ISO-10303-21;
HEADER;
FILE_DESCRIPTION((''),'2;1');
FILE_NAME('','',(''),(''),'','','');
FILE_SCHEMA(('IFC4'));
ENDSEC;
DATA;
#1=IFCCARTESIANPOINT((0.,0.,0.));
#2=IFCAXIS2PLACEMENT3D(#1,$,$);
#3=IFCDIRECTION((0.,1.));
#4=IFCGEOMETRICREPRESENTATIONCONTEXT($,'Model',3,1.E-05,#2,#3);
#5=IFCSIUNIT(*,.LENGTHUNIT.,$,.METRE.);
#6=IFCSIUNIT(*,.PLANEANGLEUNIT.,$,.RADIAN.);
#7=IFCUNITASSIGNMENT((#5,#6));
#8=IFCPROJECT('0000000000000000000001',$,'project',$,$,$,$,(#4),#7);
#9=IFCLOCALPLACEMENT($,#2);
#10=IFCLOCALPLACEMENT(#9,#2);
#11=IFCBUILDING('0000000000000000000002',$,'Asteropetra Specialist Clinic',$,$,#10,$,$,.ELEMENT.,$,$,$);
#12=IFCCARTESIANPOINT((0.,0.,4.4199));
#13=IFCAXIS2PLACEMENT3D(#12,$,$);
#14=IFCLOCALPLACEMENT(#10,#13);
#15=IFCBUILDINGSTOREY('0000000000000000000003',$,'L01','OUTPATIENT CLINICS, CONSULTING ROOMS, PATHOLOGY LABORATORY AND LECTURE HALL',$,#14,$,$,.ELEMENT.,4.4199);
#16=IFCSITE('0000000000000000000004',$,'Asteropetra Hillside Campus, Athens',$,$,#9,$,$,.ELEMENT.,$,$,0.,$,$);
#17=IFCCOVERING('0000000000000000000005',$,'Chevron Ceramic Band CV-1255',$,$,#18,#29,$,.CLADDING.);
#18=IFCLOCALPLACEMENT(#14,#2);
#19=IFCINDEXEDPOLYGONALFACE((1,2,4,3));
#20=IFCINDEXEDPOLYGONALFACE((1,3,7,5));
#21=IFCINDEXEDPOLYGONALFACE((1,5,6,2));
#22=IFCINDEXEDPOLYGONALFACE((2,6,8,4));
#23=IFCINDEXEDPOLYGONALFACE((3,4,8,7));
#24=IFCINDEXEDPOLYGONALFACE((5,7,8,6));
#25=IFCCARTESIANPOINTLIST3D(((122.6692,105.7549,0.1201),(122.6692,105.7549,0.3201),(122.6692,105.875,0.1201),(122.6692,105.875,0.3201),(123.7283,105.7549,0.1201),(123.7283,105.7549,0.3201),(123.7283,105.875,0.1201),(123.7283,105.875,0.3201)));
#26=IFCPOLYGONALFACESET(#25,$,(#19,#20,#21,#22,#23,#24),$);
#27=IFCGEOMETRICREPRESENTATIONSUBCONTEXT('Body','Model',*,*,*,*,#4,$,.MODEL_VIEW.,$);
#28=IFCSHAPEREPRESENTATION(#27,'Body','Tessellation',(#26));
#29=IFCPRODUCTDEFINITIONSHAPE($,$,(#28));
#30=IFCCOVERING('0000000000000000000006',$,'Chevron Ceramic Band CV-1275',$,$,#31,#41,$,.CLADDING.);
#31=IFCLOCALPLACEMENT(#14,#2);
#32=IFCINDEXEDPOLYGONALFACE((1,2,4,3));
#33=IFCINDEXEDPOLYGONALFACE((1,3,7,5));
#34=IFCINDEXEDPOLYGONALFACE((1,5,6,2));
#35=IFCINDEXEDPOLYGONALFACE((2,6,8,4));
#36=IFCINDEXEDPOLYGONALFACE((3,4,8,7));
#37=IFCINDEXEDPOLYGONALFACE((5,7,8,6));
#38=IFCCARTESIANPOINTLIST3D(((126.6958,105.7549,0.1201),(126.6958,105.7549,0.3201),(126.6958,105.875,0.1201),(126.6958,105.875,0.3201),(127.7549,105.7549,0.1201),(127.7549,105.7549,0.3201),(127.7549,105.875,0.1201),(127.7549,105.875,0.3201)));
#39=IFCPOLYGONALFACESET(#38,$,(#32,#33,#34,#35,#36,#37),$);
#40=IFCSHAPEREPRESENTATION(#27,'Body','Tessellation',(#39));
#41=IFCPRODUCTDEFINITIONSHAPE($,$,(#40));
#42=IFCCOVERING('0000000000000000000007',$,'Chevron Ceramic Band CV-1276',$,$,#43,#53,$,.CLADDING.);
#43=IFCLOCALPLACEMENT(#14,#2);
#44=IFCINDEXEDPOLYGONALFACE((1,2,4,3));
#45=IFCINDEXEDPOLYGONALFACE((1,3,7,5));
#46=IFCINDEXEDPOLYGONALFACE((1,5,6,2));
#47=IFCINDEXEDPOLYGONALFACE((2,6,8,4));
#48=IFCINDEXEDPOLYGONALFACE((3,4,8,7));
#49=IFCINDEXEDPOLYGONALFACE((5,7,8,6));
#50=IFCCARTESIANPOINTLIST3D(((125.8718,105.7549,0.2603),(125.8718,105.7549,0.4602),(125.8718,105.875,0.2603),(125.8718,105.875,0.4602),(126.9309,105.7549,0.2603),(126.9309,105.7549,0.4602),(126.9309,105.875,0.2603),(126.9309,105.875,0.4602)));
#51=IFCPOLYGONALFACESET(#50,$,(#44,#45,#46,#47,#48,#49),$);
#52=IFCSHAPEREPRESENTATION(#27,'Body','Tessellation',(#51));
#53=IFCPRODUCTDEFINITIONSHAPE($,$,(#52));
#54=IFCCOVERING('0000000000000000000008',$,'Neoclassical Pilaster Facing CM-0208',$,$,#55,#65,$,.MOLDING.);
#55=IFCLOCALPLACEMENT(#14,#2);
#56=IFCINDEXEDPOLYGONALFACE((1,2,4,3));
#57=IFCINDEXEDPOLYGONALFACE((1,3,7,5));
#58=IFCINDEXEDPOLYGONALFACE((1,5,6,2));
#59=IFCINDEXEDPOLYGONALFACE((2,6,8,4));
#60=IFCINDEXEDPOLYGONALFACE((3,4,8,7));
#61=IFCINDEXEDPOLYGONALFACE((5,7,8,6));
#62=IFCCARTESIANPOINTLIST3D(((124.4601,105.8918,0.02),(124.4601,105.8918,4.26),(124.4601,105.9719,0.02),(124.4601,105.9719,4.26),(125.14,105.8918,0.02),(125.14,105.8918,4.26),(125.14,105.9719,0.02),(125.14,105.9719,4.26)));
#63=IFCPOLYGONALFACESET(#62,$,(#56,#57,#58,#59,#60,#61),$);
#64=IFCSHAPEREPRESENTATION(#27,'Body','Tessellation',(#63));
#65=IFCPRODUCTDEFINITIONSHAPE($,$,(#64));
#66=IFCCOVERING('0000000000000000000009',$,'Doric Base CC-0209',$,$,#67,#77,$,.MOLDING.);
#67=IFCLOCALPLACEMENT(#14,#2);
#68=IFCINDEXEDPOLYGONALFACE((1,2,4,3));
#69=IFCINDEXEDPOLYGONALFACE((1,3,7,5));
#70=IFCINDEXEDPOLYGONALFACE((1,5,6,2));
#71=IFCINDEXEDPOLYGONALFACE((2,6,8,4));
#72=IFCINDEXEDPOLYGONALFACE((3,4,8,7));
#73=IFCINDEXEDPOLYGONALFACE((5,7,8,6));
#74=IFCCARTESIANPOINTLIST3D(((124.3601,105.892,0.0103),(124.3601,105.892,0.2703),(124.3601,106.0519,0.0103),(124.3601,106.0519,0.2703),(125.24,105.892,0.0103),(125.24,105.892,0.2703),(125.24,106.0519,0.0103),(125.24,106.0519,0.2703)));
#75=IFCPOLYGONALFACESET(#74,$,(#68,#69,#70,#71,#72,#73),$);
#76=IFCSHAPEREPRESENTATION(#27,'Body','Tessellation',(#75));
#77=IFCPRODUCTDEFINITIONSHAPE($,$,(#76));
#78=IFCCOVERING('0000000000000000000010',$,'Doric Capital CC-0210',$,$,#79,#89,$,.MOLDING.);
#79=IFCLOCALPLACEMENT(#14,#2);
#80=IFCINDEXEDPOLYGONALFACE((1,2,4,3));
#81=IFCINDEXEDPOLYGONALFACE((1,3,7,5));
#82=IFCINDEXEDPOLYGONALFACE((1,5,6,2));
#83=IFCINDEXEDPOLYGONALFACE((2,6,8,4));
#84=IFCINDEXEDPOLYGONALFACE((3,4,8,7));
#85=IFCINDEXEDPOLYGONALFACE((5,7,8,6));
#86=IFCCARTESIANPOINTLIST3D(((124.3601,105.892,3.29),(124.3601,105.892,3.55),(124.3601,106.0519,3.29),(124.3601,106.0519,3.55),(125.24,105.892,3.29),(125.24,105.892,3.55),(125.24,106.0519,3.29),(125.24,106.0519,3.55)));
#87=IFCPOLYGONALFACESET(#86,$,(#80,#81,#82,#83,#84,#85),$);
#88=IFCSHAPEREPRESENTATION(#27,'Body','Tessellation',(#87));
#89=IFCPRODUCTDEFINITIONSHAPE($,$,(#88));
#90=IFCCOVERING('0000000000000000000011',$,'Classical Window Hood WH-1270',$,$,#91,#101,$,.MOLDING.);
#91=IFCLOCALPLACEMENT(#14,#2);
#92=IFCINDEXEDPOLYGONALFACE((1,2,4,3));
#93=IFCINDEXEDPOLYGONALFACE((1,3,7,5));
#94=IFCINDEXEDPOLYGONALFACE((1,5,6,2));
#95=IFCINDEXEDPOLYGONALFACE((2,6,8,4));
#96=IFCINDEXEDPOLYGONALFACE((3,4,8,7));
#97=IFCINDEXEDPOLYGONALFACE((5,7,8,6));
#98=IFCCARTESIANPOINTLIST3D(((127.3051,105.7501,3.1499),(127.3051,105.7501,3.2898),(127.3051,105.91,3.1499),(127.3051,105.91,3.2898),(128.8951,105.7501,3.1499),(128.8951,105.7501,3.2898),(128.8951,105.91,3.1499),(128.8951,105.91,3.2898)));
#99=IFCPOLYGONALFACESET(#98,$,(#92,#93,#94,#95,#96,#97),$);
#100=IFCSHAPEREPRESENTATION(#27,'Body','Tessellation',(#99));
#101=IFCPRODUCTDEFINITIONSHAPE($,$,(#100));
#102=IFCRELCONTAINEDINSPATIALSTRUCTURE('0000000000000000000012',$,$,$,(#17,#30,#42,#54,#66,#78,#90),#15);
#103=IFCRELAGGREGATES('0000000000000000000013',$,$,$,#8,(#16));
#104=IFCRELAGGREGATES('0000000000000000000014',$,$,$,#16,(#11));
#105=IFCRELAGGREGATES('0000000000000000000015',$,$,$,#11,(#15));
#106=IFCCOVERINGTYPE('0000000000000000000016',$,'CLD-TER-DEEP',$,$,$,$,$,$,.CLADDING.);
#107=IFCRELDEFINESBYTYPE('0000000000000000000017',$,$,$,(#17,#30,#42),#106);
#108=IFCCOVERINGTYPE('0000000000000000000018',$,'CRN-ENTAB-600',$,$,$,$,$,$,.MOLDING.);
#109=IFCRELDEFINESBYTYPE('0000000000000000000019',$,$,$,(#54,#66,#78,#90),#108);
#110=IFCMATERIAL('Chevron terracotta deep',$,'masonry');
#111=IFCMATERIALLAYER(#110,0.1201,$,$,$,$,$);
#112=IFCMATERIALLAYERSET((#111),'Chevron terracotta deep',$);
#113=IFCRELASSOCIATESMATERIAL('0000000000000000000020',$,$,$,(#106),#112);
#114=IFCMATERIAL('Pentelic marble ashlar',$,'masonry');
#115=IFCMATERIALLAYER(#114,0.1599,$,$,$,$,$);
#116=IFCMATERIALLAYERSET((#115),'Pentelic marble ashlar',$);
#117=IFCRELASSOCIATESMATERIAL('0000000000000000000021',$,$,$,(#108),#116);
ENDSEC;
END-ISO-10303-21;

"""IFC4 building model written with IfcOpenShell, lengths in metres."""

from ifc_helpers import new_model, si_unit, direction, frame, origin, origin_2d, place, context, subcontext, project, spatial, rectangle, extrude, material, layer, layer_set, type_object, element, save


model = new_model("IFC4")

# Units and contexts
model_context = context("Model", 3, precision=1e-05, world=origin(), true_north=direction((0.0, 1.0)))
body_context = subcontext(model_context, "Body", "Model", "MODEL_VIEW")
ifc_project = project(units=[si_unit("LENGTHUNIT", "METRE"), si_unit("PLANEANGLEUNIT", "RADIAN")], contexts=[model_context])

# Site, building, storey
site_placement = place(None, origin())
site = spatial("IfcSite", under=ifc_project, at=site_placement, Name="Asteropetra Hillside Campus, Athens", CompositionType="ELEMENT", RefElevation=0.0)
building_placement = place(site_placement, origin())
building = spatial("IfcBuilding", under=site, at=building_placement, Name="Asteropetra Specialist Clinic", CompositionType="ELEMENT")
storey_placement = place(building_placement, frame((0.0, 0.0, 4.4199)))
storey = spatial("IfcBuildingStorey", under=building, at=storey_placement, Name="L01", Description="OUTPATIENT CLINICS, CONSULTING ROOMS, PATHOLOGY LABORATORY AND LECTURE HALL", CompositionType="ELEMENT", Elevation=4.4199)

# Coverings
ifc_material_1 = material(Name="Chevron terracotta deep", Category="masonry")
ifc_layer_1 = layer(ifc_material_1, 0.1201)
ifc_layer_set_1 = layer_set([ifc_layer_1], Name="Chevron terracotta deep")
covering_type_1 = type_object("IfcCoveringType", Name="CLD-TER-DEEP", PredefinedType="CLADDING", material=ifc_layer_set_1)
for number, where, z_axis, x_axis, name in (
    (1, (123.1987, 105.8149, 0.1201), (0.0, 0.0, 1.0), (1.0, 0.0, 0.0), "Chevron Ceramic Band CV-1255"),
    (2, (127.2253, 105.8149, 0.1201), (0.0, 0.0, 1.0), (1.0, 0.0, 0.0), "Chevron Ceramic Band CV-1275"),
    (3, (126.4014, 105.8149, 0.2603), (0.0, 0.0, 1.0), (1.0, 0.0, 0.0), "Chevron Ceramic Band CV-1276"),
):
    element("IfcCovering", number, at=place(storey_placement, frame(where, z_axis=z_axis, x_axis=x_axis)), inside=storey, type_object=covering_type_1, Name=name, PredefinedType="CLADDING", context=body_context, shape_type="SweptSolid", body=[
        extrude(rectangle(XDim=1.0591, YDim=0.1201, at=origin_2d()), origin(), (0.0, 0.0, 1.0), 0.2),
    ])
ifc_material_2 = material(Name="Pentelic marble ashlar", Category="masonry")
ifc_layer_2 = layer(ifc_material_2, 0.1599)
ifc_layer_set_2 = layer_set([ifc_layer_2], Name="Pentelic marble ashlar")
covering_type_2 = type_object("IfcCoveringType", Name="CRN-ENTAB-600", PredefinedType="MOLDING", material=ifc_layer_set_2)
covering_1_placement = place(storey_placement, frame((124.8, 105.9319, 0.02), z_axis=(0.0, 0.0, 1.0), x_axis=(1.0, 0.0, 0.0)))
element("IfcCovering", 4, at=covering_1_placement, inside=storey, type_object=covering_type_2, Name="Neoclassical Pilaster Facing CM-0208", PredefinedType="MOLDING", context=body_context, shape_type="SweptSolid", body=[
    extrude(rectangle(XDim=0.6799, YDim=0.0801, at=origin_2d()), origin(), (0.0, 0.0, 1.0), 4.24),
])
for number, where, z_axis, x_axis, name in (
    (5, (124.8, 105.9719, 0.0103), (0.0, 0.0, 1.0), (1.0, 0.0, 0.0), "Doric Base CC-0209"),
    (6, (124.8, 105.9719, 3.29), (0.0, 0.0, 1.0), (1.0, 0.0, 0.0), "Doric Capital CC-0210"),
):
    element("IfcCovering", number, at=place(storey_placement, frame(where, z_axis=z_axis, x_axis=x_axis)), inside=storey, type_object=covering_type_2, Name=name, PredefinedType="MOLDING", context=body_context, shape_type="SweptSolid", body=[
        extrude(rectangle(XDim=0.8799, YDim=0.1599, at=origin_2d()), origin(), (0.0, 0.0, 1.0), 0.26),
    ])
covering_2_placement = place(storey_placement, frame((128.1001, 105.8301, 3.1499), z_axis=(0.0, 0.0, 1.0), x_axis=(1.0, 0.0, 0.0)))
element("IfcCovering", 7, at=covering_2_placement, inside=storey, type_object=covering_type_2, Name="Classical Window Hood WH-1270", PredefinedType="MOLDING", context=body_context, shape_type="SweptSolid", body=[
    extrude(rectangle(XDim=1.5901, YDim=0.1599, at=origin_2d()), origin(), (0.0, 0.0, 1.0), 0.1399),
])

save(model, "model.ifc")
